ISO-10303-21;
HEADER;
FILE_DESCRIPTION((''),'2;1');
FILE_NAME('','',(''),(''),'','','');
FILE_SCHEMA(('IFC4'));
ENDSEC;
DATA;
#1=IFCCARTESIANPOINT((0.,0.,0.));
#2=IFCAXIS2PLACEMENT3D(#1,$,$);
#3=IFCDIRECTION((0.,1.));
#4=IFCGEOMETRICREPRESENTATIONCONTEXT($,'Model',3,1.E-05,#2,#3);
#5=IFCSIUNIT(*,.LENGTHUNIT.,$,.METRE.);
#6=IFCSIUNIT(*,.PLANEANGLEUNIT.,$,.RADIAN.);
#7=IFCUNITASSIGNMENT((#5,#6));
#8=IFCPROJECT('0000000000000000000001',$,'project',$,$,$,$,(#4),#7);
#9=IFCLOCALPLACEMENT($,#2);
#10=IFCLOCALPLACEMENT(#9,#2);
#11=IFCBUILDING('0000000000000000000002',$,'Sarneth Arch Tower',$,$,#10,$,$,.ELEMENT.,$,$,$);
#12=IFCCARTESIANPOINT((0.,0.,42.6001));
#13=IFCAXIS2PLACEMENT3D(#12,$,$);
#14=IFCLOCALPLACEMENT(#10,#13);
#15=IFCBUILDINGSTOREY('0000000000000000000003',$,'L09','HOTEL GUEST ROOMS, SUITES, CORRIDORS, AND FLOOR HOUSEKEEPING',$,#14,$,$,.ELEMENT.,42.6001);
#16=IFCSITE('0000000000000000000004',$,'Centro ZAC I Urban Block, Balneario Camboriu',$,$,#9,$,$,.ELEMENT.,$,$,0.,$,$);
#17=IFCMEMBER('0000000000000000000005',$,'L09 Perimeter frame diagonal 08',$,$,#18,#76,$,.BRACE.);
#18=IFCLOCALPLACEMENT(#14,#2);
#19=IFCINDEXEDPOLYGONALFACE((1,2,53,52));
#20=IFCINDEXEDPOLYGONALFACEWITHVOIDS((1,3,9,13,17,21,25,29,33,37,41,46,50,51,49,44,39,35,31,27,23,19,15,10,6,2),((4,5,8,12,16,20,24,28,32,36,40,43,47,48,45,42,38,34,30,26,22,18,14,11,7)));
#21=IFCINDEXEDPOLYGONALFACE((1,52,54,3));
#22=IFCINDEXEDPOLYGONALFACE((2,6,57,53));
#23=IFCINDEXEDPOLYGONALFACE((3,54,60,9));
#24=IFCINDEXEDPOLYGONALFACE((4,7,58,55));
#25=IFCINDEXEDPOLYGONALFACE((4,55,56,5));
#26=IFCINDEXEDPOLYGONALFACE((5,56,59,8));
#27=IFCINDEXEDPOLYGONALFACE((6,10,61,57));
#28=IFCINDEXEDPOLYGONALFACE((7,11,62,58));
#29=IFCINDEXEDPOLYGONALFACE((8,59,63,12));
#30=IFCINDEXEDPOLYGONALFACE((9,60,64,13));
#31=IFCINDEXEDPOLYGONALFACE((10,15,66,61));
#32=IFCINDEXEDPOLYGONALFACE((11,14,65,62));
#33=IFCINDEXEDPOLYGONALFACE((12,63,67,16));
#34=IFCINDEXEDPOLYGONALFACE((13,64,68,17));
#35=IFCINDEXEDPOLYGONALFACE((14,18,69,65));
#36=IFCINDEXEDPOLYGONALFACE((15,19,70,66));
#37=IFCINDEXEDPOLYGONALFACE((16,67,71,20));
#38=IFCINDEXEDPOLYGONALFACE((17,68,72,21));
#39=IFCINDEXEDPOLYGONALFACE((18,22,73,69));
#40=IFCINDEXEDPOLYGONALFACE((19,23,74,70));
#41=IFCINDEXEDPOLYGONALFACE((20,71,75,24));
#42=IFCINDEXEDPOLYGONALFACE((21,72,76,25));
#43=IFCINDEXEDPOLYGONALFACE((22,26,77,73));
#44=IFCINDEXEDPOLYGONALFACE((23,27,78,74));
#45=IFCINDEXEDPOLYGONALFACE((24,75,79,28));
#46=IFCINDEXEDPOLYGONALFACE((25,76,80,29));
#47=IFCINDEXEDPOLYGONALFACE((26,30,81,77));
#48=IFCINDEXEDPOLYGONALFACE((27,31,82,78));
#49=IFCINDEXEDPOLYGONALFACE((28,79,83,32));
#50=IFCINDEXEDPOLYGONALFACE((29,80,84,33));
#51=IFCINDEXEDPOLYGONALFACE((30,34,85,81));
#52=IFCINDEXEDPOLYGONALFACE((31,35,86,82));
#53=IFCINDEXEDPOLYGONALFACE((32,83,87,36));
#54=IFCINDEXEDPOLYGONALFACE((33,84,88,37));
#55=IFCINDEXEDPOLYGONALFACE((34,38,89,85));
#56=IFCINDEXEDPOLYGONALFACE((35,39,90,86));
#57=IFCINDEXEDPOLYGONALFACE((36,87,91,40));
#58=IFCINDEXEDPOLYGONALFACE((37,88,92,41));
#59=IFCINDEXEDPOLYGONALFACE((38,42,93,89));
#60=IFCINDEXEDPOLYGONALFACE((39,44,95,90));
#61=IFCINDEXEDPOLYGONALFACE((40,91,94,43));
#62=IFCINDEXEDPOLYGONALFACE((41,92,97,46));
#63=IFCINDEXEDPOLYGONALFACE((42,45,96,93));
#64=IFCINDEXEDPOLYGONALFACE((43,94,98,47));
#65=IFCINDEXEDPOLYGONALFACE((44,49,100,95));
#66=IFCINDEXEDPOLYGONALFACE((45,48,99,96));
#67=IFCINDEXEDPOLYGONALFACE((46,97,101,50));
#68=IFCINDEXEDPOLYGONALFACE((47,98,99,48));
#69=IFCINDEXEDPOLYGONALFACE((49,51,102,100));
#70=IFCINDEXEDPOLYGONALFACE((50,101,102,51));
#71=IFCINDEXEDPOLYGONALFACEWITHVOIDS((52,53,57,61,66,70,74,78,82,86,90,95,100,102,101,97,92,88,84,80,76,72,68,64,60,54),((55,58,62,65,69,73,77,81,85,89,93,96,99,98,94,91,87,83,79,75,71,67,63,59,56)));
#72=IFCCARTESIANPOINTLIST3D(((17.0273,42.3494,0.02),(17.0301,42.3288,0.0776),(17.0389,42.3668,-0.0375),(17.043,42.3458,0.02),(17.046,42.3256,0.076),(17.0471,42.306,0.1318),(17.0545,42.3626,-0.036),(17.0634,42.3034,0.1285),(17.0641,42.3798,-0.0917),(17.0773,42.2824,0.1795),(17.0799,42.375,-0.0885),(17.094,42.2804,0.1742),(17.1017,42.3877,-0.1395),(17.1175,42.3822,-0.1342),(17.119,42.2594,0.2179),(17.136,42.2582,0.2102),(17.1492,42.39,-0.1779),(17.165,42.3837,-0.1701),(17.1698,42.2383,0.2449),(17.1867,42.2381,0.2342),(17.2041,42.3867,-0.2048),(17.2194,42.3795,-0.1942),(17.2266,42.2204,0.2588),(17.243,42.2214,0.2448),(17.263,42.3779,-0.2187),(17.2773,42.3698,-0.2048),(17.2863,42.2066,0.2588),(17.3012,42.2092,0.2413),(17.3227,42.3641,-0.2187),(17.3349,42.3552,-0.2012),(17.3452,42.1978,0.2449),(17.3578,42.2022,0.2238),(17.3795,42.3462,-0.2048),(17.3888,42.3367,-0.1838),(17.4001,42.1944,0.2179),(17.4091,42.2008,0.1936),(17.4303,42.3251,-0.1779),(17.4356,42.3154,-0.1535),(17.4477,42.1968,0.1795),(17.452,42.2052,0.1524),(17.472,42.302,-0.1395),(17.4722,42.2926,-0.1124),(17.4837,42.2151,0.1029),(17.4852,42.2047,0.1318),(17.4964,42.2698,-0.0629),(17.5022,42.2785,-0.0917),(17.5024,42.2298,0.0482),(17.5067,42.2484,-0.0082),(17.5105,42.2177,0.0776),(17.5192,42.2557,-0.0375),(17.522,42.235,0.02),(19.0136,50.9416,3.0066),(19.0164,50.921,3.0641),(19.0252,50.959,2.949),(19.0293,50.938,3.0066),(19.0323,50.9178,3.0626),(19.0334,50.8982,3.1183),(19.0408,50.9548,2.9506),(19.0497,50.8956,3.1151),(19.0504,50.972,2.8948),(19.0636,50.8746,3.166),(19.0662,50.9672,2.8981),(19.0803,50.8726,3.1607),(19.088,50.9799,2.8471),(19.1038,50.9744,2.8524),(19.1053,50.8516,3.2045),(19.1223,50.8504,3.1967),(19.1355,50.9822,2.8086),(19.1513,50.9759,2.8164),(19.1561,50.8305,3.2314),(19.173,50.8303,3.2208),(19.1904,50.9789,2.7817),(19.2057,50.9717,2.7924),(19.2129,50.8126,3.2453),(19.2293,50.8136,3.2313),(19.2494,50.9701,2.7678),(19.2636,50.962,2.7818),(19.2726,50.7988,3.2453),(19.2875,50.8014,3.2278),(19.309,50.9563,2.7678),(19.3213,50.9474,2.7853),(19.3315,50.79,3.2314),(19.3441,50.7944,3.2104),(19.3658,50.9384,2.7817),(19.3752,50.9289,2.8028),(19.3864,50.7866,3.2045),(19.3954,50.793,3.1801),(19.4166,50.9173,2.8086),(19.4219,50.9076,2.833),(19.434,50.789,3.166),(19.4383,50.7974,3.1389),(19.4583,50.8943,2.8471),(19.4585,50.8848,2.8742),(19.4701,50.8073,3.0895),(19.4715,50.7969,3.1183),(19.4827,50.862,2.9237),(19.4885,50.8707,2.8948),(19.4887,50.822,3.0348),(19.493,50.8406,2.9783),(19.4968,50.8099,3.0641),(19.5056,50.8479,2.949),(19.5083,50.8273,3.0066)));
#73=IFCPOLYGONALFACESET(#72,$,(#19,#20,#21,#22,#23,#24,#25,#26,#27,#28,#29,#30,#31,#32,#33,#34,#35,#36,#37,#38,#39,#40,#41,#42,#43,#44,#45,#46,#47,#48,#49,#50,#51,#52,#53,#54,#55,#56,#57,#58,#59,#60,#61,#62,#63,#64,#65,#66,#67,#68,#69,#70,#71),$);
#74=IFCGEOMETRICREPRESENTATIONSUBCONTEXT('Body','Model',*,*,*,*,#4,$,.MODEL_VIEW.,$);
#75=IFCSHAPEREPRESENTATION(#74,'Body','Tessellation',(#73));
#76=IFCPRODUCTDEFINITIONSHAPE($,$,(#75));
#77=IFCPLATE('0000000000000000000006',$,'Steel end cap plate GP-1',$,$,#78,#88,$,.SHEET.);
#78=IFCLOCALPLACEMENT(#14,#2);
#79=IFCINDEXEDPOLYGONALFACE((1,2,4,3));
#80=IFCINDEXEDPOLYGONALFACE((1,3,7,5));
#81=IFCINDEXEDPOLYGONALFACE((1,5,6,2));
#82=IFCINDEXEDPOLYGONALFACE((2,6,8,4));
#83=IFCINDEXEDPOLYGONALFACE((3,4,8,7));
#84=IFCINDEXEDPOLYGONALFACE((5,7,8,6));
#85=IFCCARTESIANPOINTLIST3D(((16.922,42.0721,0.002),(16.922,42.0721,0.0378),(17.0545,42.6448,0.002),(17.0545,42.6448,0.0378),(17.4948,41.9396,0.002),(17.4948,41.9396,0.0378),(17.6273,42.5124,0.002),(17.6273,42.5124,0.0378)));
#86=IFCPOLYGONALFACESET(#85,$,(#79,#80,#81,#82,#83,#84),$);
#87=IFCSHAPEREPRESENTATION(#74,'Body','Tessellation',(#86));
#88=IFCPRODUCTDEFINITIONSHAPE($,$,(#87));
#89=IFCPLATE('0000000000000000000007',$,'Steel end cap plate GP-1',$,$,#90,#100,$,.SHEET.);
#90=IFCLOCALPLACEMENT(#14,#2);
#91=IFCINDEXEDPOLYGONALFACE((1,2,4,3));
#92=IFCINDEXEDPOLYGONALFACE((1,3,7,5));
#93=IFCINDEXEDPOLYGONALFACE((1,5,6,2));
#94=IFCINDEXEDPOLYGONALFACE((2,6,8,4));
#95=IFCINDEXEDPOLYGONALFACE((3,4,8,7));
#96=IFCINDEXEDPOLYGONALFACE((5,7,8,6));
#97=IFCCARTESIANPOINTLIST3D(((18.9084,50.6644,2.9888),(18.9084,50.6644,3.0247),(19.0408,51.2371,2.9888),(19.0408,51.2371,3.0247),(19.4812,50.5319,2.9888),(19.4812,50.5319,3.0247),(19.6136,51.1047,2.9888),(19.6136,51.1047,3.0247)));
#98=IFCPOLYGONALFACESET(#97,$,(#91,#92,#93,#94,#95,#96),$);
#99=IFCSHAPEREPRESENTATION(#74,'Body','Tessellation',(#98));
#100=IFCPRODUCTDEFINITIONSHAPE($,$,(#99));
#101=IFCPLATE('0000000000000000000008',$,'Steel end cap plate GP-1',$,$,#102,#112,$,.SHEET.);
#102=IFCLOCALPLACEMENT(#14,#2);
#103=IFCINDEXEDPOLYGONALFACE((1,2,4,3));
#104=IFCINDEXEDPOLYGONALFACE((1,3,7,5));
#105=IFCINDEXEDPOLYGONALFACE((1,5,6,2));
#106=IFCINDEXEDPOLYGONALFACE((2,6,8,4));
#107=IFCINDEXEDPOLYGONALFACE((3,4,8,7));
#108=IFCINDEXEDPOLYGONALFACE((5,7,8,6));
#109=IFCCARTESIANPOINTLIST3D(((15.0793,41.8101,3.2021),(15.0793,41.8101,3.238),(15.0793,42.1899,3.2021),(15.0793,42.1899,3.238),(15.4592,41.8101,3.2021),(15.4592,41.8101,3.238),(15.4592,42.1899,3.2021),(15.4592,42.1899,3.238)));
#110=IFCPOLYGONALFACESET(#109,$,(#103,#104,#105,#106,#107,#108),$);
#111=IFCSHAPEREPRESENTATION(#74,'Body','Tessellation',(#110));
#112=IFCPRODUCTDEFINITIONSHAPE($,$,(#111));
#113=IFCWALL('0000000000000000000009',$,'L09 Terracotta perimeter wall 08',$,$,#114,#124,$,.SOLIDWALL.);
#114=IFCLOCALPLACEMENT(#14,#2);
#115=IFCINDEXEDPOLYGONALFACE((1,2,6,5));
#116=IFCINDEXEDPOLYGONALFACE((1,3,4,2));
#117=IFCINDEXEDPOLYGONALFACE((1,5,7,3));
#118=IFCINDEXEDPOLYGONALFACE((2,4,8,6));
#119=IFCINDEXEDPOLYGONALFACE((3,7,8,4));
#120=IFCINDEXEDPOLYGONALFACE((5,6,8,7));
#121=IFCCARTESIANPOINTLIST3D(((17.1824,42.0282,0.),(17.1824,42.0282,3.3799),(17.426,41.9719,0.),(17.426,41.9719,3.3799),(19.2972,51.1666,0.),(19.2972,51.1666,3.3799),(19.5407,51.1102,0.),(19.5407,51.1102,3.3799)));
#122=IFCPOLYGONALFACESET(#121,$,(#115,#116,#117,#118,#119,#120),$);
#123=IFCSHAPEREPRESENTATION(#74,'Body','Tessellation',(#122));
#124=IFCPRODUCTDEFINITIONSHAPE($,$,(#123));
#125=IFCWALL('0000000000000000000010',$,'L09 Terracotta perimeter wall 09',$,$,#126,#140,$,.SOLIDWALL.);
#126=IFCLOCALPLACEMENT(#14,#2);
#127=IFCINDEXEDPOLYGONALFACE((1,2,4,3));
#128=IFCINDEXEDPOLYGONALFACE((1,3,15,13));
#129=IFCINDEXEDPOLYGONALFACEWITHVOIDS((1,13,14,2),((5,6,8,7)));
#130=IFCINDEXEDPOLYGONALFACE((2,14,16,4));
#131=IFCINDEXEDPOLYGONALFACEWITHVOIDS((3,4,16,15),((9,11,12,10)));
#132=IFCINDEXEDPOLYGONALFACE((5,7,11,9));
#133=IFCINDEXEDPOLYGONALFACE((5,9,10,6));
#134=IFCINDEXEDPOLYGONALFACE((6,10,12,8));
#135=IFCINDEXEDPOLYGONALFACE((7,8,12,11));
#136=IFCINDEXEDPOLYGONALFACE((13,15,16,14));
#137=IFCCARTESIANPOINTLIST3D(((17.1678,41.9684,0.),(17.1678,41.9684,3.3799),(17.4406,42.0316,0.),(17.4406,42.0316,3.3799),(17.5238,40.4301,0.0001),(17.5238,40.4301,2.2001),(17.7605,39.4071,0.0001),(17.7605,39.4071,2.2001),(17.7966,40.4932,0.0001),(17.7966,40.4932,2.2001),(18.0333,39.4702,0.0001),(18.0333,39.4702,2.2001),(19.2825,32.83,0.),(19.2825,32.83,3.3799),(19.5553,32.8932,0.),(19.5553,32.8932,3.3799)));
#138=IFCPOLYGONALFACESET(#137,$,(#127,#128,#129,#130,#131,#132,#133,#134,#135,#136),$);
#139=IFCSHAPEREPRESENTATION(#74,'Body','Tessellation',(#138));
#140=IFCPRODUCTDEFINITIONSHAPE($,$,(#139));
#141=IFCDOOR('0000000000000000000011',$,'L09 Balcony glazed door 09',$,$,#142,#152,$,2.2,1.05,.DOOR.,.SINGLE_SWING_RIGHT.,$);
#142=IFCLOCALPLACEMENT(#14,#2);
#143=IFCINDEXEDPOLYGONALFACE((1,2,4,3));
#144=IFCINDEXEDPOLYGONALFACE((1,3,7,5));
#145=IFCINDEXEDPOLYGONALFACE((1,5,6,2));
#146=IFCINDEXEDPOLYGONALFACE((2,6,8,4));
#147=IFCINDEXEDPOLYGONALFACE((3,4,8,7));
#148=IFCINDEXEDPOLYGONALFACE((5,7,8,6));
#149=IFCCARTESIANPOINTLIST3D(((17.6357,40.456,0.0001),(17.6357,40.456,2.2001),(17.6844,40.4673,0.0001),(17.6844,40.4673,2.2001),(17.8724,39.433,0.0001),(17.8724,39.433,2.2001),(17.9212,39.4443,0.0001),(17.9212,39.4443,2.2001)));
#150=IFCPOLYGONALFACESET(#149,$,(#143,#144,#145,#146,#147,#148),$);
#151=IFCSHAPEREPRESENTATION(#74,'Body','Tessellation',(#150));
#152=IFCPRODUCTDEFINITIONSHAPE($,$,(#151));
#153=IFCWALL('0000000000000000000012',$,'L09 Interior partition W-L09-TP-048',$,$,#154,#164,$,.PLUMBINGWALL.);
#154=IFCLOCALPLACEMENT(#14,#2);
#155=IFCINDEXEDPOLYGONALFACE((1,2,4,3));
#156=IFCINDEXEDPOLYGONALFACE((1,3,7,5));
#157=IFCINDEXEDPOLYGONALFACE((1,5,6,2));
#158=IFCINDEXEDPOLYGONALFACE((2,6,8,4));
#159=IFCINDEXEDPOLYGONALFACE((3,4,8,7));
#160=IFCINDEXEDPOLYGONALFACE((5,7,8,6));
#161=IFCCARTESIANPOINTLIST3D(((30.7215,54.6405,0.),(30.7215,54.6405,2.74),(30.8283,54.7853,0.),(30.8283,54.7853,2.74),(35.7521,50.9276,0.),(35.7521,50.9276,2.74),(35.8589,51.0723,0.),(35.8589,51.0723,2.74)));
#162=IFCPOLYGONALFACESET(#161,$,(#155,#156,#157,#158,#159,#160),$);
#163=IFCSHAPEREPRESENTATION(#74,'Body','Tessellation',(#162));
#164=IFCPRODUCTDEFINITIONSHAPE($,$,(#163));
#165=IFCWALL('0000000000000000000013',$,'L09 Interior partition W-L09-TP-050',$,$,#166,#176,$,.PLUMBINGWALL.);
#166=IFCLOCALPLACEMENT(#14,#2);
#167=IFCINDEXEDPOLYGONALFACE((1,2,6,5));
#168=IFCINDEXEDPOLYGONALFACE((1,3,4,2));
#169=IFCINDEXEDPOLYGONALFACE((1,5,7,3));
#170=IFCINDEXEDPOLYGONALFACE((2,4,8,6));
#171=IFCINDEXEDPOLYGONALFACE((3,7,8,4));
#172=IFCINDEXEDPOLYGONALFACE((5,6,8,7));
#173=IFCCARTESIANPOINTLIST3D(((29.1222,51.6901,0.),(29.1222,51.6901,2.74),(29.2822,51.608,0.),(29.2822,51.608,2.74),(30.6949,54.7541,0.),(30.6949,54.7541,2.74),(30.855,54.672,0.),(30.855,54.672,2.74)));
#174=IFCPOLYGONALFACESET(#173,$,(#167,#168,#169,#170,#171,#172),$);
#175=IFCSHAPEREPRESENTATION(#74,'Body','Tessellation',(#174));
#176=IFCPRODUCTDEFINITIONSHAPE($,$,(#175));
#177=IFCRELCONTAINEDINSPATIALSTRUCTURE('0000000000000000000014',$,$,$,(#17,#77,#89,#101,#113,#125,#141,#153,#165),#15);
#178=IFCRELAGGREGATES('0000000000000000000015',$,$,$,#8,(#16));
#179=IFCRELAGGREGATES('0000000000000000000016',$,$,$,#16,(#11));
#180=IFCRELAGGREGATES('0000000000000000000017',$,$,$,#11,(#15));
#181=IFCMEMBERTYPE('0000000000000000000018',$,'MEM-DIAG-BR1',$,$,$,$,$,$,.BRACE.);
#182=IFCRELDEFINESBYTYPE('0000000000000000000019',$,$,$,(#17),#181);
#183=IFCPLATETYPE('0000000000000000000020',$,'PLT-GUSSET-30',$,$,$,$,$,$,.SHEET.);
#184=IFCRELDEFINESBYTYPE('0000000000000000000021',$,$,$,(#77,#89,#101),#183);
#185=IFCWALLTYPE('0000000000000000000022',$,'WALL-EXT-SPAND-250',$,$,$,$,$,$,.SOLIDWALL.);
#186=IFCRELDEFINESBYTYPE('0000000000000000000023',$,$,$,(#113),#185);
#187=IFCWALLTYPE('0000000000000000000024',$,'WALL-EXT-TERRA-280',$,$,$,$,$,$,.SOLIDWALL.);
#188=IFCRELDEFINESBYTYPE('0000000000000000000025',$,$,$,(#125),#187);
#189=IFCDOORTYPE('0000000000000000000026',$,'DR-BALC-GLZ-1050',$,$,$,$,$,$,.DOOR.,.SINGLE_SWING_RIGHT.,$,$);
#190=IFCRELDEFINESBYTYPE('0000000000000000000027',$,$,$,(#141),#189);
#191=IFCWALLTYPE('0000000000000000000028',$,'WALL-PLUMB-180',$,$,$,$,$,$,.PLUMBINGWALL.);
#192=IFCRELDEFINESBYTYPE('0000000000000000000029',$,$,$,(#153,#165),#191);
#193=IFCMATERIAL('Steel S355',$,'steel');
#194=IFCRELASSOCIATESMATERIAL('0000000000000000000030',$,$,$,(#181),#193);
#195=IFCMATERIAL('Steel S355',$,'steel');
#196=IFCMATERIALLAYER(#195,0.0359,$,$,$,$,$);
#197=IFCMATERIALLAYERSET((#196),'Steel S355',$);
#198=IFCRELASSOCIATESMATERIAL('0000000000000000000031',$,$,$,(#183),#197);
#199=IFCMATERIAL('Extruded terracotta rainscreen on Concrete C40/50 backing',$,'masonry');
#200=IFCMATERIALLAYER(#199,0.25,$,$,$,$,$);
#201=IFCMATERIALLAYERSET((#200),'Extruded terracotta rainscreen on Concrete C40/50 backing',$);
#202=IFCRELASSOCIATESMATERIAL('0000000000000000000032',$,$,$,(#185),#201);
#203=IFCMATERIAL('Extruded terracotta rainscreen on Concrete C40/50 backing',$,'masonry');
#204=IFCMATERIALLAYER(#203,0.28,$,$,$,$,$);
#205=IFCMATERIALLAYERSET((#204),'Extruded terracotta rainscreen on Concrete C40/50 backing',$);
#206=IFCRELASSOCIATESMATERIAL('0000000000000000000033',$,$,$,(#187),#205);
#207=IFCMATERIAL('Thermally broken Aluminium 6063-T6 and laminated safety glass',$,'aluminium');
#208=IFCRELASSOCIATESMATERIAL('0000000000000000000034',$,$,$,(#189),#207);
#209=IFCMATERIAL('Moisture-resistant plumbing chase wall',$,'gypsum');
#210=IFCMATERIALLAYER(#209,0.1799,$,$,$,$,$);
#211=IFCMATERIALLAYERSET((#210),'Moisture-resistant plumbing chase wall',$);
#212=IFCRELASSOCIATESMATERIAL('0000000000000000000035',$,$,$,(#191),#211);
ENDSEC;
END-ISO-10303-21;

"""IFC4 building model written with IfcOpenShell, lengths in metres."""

from ifc_helpers import new_model, si_unit, direction, frame, frame_2d, origin, origin_2d, place, context, subcontext, project, spatial, rectangle, hollow_circle, extrude, material, layer, layer_set, material_profile, profile_set, type_object, element, fill, save


model = new_model("IFC4")

# Units and contexts
model_context = context("Model", 3, precision=1e-05, world=origin(), true_north=direction((0.0, 1.0)))
body_context = subcontext(model_context, "Body", "Model", "MODEL_VIEW")
ifc_project = project(units=[si_unit("LENGTHUNIT", "METRE"), si_unit("PLANEANGLEUNIT", "RADIAN")], contexts=[model_context])

# Site, building, storey
site_placement = place(None, origin())
site = spatial("IfcSite", under=ifc_project, at=site_placement, Name="Centro ZAC I Urban Block, Balneario Camboriu", CompositionType="ELEMENT", RefElevation=0.0)
building_placement = place(site_placement, origin())
building = spatial("IfcBuilding", under=site, at=building_placement, Name="Sarneth Arch Tower", CompositionType="ELEMENT")
storey_placement = place(building_placement, frame((0.0, 0.0, 42.6001)))
storey = spatial("IfcBuildingStorey", under=building, at=storey_placement, Name="L09", Description="HOTEL GUEST ROOMS, SUITES, CORRIDORS, AND FLOOR HOUSEKEEPING", CompositionType="ELEMENT", Elevation=42.6001)

# Member
ifc_material_1 = material(Name="Steel S355", Category="steel")
ifc_material_profile_1 = material_profile(ifc_material_1, hollow_circle(Radius=0.2539, WallThickness=0.0161, at=origin_2d()), Name="CHS508x16")
ifc_profile_set_1 = profile_set([ifc_material_profile_1], Name="Steel S355")
member_type_1 = type_object("IfcMemberType", Name="MEM-DIAG-BR1", PredefinedType="BRACE", material=ifc_profile_set_1)
member_1_placement = place(storey_placement, frame((17.2747, 42.2922, 0.02), z_axis=(0.213334, 0.922822, 0.320762), x_axis=(-0.974304, 0.225236, 0.0)))
element("IfcMember", 1, at=member_1_placement, inside=storey, type_object=member_type_1, Name="L09 Perimeter frame diagonal 08", PredefinedType="BRACE", context=body_context, shape_type="SweptSolid", body=[
    extrude(hollow_circle(Radius=0.2539, WallThickness=0.0161, at=origin_2d()), origin(), (0.0, 0.0, 1.0), 9.3108),
])

# Plates
ifc_material_2 = material(Name="Steel S355", Category="steel")
ifc_layer_1 = layer(ifc_material_2, 0.0359)
ifc_layer_set_1 = layer_set([ifc_layer_1], Name="Steel S355")
plate_type = type_object("IfcPlateType", Name="PLT-GUSSET-30", PredefinedType="SHEET", material=ifc_layer_set_1)
for number, where, z_axis, x_axis, name in (
    (2, (17.2747, 42.2922, 0.002), (0.0, 0.0, 1.0), (-0.225291, -0.974291, 0.0), "Steel end cap plate GP-1"),
    (3, (19.261, 50.8845, 2.9888), (0.0, 0.0, 1.0), (-0.225291, -0.974291, 0.0), "Steel end cap plate GP-1"),
):
    element("IfcPlate", number, at=place(storey_placement, frame(where, z_axis=z_axis, x_axis=x_axis)), inside=storey, type_object=plate_type, Name=name, PredefinedType="SHEET", context=body_context, shape_type="SweptSolid", body=[
        extrude(rectangle(XDim=0.5879, YDim=0.5879, at=origin_2d()), origin(), (0.0, 0.0, 1.0), 0.0359),
    ])
plate_placement = place(storey_placement, frame((15.2693, 42.0, 3.2021), z_axis=(0.0, 0.0, 1.0), x_axis=(-1.0, 0.0, 0.0)))
element("IfcPlate", 4, at=plate_placement, inside=storey, type_object=plate_type, Name="Steel end cap plate GP-1", PredefinedType="SHEET", context=body_context, shape_type="SweptSolid", body=[
    extrude(rectangle(XDim=0.3799, YDim=0.3799, at=origin_2d()), origin(), (0.0, 0.0, 1.0), 0.0359),
])

# Wall
ifc_material_3 = material(Name="Extruded terracotta rainscreen on Concrete C40/50 backing", Category="masonry")
ifc_layer_2 = layer(ifc_material_3, 0.25)
ifc_layer_set_2 = layer_set([ifc_layer_2], Name="Extruded terracotta rainscreen on Concrete C40/50 backing")
wall_type_1 = type_object("IfcWallType", Name="WALL-EXT-SPAND-250", PredefinedType="SOLIDWALL", material=ifc_layer_set_2)
wall_1_placement = place(storey_placement, frame((19.4189, 51.1384, 0.0), z_axis=(0.0, 0.0, 1.0), x_axis=(-0.225454, -0.974254, 0.0)))
element("IfcWall", 5, at=wall_1_placement, inside=storey, type_object=wall_type_1, Name="L09 Terracotta perimeter wall 08", PredefinedType="SOLIDWALL", context=body_context, shape_type="SweptSolid", body=[
    extrude(rectangle(XDim=9.3799, YDim=0.25, at=frame_2d((4.6899, 0.0))), origin(), (0.0, 0.0, 1.0), 3.3799),
])

# Wall, opening, door
ifc_material_4 = material(Name="Extruded terracotta rainscreen on Concrete C40/50 backing", Category="masonry")
ifc_layer_3 = layer(ifc_material_4, 0.28)
ifc_layer_set_3 = layer_set([ifc_layer_3], Name="Extruded terracotta rainscreen on Concrete C40/50 backing")
wall_type_2 = type_object("IfcWallType", Name="WALL-EXT-TERRA-280", PredefinedType="SOLIDWALL", material=ifc_layer_set_3)
wall_2_placement = place(storey_placement, frame((17.3042, 42.0, 0.0), z_axis=(0.0, 0.0, 1.0), x_axis=(0.225454, -0.974254, 0.0)))
wall_2 = element("IfcWall", 6, at=wall_2_placement, inside=storey, type_object=wall_type_2, Name="L09 Terracotta perimeter wall 09", PredefinedType="SOLIDWALL", context=body_context, shape_type="SweptSolid", body=[
    extrude(rectangle(XDim=9.3799, YDim=0.28, at=frame_2d((4.6899, 0.0))), origin(), (0.0, 0.0, 1.0), 3.3799),
])
opening_placement = place(wall_2_placement, frame((1.5791, 0.0, 0.0)))
opening = element("IfcOpeningElement", 7, at=opening_placement, cuts=wall_2, PredefinedType="OPENING", context=body_context, shape_type="SweptSolid", body=[
    extrude(rectangle(XDim=1.05, YDim=2.2, at=frame_2d((0.5249, 1.1001))), frame((0.0, 0.1499, 0.0), z_axis=(0.0, -1.0, 0.0), x_axis=(1.0, 0.0, 0.0)), (0.0, 0.0, 1.0), 0.3),
])
ifc_material_5 = material(Name="Thermally broken Aluminium 6063-T6 and laminated safety glass", Category="aluminium")
door_type = type_object("IfcDoorType", Name="DR-BALC-GLZ-1050", OperationType="SINGLE_SWING_RIGHT", PredefinedType="DOOR", material=ifc_material_5)
door_placement = place(opening_placement, origin())
door = element("IfcDoor", 8, at=door_placement, inside=storey, type_object=door_type, Name="L09 Balcony glazed door 09", OperationType="SINGLE_SWING_RIGHT", OverallHeight=2.2, OverallWidth=1.05, PredefinedType="DOOR", context=body_context, shape_type="SweptSolid", body=[
    extrude(rectangle(XDim=1.05, YDim=2.2, at=frame_2d((0.5249, 1.1001))), frame((0.0, 0.0249, 0.0), z_axis=(0.0, -1.0, 0.0), x_axis=(1.0, 0.0, 0.0)), (0.0, 0.0, 1.0), 0.05),
])
fill(opening, door)

# Walls
ifc_material_6 = material(Name="Moisture-resistant plumbing chase wall", Category="gypsum")
ifc_layer_4 = layer(ifc_material_6, 0.1799)
ifc_layer_set_4 = layer_set([ifc_layer_4], Name="Moisture-resistant plumbing chase wall")
wall_type_3 = type_object("IfcWallType", Name="WALL-PLUMB-180", PredefinedType="PLUMBINGWALL", material=ifc_layer_set_4)
wall_3_placement = place(storey_placement, frame((30.7749, 54.7129, 0.0), z_axis=(0.0, 0.0, 1.0), x_axis=(0.804583, -0.593841, 0.0)))
element("IfcWall", 9, at=wall_3_placement, inside=storey, type_object=wall_type_3, Name="L09 Interior partition W-L09-TP-048", PredefinedType="PLUMBINGWALL", context=body_context, shape_type="SweptSolid", body=[
    extrude(rectangle(XDim=6.2524, YDim=0.1799, at=frame_2d((3.1262, 0.0))), origin(), (0.0, 0.0, 1.0), 2.74),
])
wall_4_placement = place(storey_placement, frame((29.2021, 51.6489, 0.0), z_axis=(0.0, 0.0, 1.0), x_axis=(0.456659, 0.889642, 0.0)))
element("IfcWall", 10, at=wall_4_placement, inside=storey, type_object=wall_type_3, Name="L09 Interior partition W-L09-TP-050", PredefinedType="PLUMBINGWALL", context=body_context, shape_type="SweptSolid", body=[
    extrude(rectangle(XDim=3.4441, YDim=0.1799, at=frame_2d((1.7222, 0.0))), origin(), (0.0, 0.0, 1.0), 2.74),
])

save(model, "model.ifc")
